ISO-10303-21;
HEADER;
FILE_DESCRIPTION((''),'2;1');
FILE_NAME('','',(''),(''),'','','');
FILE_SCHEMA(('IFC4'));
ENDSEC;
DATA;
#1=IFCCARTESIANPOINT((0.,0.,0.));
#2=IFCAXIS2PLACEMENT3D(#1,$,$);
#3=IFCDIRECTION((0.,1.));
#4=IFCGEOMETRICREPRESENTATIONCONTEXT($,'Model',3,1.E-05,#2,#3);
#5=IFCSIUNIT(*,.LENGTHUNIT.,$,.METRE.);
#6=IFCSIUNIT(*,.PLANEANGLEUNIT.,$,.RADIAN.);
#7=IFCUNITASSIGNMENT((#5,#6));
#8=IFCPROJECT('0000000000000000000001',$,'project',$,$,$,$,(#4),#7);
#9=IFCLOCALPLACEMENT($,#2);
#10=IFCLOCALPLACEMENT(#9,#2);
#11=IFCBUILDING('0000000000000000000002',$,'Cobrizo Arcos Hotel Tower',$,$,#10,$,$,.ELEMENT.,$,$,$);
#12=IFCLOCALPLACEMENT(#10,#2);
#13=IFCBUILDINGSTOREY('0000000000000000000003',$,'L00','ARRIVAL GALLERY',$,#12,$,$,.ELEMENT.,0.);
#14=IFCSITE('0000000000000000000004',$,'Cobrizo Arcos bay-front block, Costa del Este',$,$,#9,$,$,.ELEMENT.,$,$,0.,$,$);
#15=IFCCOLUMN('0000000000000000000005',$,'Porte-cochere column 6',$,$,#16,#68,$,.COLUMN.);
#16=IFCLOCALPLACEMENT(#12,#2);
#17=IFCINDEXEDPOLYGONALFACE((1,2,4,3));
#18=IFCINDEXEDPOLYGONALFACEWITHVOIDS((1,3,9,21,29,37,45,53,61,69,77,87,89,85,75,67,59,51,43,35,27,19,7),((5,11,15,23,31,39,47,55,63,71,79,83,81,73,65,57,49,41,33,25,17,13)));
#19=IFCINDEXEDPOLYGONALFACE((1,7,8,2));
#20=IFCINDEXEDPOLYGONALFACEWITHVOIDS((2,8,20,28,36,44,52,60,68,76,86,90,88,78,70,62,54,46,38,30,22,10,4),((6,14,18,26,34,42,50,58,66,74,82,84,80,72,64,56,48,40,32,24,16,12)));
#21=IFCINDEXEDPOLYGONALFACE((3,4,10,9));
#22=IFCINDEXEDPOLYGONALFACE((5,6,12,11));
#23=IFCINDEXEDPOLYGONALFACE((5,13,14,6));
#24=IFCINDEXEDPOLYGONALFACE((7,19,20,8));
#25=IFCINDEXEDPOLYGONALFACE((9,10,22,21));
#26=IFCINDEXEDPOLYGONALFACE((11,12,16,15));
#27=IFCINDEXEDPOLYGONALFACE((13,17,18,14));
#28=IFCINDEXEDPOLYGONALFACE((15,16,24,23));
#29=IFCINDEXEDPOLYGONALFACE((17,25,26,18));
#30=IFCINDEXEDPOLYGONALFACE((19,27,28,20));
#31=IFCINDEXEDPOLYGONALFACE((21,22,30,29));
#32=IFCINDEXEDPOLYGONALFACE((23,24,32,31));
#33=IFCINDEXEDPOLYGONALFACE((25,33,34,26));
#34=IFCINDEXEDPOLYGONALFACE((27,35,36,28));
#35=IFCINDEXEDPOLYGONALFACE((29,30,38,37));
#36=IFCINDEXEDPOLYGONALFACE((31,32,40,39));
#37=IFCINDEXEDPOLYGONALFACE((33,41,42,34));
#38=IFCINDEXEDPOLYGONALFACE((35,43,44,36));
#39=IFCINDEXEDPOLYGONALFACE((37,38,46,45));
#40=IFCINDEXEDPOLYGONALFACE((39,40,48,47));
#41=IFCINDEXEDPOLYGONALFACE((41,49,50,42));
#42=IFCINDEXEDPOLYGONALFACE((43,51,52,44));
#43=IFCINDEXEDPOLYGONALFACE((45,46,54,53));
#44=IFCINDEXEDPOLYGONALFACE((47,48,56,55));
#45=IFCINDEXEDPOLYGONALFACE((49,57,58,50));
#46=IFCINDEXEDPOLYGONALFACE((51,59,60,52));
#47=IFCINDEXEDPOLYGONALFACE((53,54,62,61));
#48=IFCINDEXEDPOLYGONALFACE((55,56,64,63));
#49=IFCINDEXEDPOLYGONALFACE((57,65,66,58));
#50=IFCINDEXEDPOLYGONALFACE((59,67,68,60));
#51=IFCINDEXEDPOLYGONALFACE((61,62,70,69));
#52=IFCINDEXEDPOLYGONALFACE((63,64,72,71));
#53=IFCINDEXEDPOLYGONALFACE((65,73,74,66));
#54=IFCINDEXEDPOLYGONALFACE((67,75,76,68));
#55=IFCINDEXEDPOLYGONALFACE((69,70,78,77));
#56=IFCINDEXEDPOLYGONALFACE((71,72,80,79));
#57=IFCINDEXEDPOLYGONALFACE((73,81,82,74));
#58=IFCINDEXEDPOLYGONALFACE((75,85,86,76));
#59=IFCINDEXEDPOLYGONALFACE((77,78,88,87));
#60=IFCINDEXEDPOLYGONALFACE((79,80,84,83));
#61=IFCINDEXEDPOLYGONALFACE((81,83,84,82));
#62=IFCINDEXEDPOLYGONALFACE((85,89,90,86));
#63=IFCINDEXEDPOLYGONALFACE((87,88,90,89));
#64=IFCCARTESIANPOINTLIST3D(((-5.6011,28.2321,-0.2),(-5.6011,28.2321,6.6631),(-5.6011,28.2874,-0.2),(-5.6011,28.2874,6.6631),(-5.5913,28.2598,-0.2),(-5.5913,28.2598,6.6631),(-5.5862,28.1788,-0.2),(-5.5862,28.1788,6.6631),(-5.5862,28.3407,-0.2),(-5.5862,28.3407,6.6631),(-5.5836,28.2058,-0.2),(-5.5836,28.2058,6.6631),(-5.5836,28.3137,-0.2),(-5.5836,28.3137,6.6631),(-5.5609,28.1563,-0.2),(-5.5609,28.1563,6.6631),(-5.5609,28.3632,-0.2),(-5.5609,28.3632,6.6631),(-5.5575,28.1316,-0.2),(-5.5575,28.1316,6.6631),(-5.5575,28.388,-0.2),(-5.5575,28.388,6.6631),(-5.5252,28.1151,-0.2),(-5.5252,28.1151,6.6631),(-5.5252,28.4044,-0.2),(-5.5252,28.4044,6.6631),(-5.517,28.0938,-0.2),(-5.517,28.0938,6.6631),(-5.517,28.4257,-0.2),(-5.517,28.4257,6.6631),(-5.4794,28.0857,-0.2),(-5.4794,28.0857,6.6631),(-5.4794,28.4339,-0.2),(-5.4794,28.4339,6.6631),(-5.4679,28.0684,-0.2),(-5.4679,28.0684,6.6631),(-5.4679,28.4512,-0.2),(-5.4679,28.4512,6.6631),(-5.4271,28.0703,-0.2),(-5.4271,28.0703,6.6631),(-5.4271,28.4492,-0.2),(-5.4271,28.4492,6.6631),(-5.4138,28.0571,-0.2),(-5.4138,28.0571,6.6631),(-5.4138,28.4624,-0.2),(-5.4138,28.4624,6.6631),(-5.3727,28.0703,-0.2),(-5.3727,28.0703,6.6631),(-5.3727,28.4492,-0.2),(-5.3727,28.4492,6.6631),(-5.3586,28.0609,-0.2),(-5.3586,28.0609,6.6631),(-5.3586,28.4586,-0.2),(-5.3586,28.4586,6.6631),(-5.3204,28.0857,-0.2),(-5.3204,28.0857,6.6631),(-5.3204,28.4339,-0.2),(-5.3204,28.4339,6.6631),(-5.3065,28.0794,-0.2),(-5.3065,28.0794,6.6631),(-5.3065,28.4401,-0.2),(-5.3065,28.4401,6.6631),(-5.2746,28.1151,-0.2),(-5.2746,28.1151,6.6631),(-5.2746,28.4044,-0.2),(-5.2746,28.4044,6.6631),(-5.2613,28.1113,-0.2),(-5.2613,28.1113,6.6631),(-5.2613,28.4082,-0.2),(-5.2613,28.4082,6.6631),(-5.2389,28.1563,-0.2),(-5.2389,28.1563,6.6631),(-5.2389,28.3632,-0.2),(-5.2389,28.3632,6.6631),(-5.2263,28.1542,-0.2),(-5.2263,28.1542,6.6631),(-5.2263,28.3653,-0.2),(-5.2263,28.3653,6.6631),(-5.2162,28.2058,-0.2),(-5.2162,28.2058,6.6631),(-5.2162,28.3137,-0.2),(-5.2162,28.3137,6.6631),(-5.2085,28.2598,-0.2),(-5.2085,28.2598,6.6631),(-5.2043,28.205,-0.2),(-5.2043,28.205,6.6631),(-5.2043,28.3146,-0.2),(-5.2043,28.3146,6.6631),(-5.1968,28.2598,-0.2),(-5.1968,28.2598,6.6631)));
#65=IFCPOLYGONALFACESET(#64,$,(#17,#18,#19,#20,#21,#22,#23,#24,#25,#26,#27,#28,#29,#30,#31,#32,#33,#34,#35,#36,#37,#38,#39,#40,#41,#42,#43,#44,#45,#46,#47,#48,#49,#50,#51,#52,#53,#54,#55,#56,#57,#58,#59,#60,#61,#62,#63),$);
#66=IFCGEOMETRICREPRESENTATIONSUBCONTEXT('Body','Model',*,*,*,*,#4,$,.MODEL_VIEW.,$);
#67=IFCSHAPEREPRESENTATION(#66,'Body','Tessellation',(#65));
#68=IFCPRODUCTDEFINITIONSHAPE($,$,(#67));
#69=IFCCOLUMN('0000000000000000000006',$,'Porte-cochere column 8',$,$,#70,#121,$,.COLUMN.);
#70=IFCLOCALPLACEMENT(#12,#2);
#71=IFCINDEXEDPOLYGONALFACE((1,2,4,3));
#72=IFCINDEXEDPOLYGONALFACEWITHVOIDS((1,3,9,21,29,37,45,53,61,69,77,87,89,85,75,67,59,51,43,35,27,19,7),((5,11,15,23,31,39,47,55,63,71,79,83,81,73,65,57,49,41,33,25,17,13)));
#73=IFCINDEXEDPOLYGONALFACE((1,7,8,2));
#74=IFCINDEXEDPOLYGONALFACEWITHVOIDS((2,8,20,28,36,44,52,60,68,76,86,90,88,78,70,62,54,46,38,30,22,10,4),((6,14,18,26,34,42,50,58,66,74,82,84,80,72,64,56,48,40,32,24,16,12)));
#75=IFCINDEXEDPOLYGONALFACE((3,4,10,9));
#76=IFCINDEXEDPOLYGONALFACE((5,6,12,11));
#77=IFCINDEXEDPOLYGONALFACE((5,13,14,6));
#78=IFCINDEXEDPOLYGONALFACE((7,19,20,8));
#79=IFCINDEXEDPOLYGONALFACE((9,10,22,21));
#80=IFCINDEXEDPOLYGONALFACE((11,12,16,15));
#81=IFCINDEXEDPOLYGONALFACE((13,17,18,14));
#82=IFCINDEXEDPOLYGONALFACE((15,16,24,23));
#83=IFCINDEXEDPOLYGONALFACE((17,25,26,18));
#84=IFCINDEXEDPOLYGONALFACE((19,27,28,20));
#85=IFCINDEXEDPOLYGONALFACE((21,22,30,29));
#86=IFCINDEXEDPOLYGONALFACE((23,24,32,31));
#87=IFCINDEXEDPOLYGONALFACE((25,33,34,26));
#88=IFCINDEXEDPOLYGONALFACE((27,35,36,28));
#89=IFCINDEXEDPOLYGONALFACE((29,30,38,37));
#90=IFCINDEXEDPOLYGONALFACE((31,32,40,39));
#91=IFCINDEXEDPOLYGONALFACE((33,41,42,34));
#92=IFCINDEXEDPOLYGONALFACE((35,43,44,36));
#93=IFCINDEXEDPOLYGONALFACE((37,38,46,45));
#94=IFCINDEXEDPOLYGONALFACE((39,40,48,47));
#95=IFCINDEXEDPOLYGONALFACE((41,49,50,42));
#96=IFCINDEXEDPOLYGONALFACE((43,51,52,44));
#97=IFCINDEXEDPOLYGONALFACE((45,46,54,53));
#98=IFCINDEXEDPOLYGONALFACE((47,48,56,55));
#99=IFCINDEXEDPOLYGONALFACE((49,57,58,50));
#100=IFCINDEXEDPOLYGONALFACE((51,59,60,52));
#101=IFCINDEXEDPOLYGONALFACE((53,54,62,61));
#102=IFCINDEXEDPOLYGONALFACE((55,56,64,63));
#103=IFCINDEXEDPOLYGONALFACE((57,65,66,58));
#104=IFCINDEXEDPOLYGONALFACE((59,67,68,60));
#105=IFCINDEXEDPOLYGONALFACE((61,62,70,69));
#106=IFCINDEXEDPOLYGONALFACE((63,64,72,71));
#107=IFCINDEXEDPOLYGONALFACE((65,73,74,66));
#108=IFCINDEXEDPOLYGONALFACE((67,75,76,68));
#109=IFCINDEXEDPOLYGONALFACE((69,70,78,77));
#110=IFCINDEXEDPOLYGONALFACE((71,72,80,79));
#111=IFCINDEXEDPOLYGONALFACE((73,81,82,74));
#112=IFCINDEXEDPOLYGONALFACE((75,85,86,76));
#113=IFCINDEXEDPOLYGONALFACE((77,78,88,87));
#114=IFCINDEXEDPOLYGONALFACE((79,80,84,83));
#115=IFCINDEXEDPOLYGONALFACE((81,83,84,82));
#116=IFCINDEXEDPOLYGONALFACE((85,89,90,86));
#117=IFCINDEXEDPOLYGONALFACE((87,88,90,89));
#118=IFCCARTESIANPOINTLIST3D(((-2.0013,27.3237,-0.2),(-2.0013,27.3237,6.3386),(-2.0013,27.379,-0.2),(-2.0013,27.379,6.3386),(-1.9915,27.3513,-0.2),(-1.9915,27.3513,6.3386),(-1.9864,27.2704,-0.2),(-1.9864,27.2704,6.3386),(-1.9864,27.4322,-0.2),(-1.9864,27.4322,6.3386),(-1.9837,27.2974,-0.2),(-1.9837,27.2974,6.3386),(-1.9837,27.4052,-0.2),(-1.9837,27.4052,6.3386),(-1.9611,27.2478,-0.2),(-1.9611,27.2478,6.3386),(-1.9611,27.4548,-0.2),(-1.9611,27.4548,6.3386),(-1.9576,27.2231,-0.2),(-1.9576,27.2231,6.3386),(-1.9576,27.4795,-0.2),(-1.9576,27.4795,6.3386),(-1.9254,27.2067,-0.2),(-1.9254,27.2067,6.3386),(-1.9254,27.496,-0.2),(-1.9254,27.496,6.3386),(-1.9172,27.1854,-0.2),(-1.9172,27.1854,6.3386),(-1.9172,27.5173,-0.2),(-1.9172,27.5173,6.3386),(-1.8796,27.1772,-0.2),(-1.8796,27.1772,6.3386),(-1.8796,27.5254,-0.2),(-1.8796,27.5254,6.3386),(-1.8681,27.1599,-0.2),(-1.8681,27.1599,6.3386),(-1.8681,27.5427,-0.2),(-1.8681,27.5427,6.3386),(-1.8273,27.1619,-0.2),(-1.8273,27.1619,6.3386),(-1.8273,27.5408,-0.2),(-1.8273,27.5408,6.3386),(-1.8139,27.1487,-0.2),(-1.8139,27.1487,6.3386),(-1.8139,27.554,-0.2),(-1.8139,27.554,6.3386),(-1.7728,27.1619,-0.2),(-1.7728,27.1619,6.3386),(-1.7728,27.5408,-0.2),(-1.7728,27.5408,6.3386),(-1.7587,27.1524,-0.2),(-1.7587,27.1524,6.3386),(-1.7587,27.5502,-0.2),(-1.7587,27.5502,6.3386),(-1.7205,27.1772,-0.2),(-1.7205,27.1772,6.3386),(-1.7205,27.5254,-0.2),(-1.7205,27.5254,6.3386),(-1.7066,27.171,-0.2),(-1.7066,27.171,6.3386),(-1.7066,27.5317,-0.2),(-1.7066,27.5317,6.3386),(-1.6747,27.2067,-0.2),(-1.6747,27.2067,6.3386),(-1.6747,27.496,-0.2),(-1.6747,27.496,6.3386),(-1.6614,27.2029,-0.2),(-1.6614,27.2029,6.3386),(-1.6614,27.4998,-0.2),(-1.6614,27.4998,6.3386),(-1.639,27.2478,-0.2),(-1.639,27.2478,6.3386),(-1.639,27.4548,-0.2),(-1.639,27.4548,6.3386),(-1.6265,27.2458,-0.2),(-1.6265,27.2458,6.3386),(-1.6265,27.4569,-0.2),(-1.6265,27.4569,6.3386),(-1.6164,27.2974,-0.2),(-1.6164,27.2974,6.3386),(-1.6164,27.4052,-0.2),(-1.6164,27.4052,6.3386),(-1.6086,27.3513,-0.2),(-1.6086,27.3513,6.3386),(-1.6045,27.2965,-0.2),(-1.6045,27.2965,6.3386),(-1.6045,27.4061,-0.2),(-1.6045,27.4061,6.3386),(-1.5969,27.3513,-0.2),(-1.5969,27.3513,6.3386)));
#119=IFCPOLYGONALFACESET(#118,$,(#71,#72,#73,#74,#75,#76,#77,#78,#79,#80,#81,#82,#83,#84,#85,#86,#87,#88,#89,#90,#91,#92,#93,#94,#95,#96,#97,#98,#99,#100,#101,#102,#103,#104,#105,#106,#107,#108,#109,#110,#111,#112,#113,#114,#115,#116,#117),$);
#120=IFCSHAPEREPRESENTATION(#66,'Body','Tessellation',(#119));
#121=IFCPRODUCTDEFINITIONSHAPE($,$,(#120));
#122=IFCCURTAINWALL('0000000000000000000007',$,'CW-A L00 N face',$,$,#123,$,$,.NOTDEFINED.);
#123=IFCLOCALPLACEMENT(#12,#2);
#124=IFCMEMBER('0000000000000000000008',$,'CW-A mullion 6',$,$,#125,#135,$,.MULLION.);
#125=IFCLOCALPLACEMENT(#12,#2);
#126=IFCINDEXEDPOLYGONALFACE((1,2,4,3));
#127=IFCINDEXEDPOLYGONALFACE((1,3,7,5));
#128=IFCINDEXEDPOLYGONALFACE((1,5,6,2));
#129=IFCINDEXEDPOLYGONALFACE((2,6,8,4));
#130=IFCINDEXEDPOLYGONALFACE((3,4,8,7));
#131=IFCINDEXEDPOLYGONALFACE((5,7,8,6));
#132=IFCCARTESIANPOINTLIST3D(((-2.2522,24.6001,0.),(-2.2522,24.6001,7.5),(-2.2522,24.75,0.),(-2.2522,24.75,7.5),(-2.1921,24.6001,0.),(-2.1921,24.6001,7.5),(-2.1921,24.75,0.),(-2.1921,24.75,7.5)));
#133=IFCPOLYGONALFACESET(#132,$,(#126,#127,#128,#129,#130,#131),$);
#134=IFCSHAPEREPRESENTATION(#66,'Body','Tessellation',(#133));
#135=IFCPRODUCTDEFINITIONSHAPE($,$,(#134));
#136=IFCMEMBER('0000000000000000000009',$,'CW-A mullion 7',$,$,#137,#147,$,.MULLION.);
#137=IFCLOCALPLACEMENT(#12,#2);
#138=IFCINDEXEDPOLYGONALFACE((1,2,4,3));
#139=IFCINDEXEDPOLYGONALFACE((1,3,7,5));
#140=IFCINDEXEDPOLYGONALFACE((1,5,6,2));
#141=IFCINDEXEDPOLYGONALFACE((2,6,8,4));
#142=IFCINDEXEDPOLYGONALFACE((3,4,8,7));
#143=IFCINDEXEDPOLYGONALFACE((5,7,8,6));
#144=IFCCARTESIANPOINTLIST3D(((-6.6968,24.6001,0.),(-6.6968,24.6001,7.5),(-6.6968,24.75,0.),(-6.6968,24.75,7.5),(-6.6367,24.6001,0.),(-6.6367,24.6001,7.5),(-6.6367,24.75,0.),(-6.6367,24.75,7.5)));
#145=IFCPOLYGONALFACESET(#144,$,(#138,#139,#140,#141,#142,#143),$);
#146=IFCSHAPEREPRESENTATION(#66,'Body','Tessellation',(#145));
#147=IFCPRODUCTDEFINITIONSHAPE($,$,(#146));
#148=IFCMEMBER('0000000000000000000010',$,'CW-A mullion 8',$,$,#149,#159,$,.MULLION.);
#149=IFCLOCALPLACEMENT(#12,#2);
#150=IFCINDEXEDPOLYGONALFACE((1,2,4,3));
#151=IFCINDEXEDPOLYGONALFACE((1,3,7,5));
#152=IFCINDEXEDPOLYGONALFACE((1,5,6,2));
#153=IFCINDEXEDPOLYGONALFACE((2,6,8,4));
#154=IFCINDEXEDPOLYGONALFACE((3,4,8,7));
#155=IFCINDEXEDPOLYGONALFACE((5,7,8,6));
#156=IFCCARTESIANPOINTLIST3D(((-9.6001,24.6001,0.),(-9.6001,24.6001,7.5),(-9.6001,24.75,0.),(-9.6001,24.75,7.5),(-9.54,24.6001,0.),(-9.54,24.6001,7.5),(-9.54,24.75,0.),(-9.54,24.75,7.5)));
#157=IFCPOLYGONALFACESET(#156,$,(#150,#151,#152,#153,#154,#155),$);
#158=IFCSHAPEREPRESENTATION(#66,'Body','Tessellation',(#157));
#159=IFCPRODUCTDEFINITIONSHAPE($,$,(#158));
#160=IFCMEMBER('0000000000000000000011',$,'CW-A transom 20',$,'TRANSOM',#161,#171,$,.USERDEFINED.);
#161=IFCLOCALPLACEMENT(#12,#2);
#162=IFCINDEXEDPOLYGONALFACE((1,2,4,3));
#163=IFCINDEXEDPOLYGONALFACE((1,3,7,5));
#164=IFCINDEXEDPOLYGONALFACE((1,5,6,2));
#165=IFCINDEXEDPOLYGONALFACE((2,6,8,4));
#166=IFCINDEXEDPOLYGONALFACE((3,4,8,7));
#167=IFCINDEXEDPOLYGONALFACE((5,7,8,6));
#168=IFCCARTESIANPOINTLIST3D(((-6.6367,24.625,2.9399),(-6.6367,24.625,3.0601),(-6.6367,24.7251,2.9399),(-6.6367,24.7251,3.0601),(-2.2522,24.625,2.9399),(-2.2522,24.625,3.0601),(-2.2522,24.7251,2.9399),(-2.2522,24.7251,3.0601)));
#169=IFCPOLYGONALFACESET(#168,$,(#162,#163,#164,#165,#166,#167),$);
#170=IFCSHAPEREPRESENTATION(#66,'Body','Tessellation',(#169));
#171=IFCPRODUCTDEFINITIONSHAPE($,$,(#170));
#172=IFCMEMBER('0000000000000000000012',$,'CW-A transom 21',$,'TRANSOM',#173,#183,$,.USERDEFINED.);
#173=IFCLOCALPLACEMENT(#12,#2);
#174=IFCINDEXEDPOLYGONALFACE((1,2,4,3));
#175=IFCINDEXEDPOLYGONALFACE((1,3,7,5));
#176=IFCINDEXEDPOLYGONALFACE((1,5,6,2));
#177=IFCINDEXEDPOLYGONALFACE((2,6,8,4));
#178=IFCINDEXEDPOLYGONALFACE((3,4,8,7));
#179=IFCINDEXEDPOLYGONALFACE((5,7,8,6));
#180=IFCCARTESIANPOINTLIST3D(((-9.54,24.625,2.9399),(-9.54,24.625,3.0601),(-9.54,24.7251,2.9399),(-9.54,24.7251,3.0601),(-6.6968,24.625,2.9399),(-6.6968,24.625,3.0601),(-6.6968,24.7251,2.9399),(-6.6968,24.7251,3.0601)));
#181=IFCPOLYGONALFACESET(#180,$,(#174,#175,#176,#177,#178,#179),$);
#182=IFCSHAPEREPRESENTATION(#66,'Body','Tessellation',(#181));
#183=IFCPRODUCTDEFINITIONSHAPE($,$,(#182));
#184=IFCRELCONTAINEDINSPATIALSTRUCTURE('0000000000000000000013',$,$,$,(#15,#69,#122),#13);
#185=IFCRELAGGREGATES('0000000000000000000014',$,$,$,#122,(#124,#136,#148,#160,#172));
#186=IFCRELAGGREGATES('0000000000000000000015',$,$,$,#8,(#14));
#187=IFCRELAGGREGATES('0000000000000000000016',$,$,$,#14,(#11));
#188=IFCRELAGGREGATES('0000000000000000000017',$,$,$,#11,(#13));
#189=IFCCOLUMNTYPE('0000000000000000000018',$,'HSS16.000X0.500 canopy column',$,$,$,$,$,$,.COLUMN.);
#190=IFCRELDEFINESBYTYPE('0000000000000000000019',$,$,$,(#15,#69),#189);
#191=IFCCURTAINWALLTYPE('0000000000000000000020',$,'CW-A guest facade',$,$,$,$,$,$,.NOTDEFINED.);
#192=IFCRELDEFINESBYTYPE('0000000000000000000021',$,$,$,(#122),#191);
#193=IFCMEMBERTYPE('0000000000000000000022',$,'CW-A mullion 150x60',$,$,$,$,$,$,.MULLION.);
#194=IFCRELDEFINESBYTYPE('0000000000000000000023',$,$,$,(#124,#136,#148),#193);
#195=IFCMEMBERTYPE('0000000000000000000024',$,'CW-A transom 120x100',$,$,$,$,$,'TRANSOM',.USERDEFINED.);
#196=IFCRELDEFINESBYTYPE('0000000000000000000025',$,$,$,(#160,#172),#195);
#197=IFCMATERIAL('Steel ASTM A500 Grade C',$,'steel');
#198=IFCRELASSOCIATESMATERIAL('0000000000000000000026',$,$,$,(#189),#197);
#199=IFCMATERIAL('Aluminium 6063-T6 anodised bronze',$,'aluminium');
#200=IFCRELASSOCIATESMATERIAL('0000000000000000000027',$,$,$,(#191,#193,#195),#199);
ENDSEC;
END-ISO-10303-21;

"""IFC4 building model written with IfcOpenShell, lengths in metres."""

from ifc_helpers import new_model, si_unit, direction, frame, origin, origin_2d, place, context, subcontext, project, spatial, rectangle, hollow_circle, extrude, material, material_profile, profile_set, type_object, element, aggregate, save


model = new_model("IFC4")

# Units and contexts
model_context = context("Model", 3, precision=1e-05, world=origin(), true_north=direction((0.0, 1.0)))
body_context = subcontext(model_context, "Body", "Model", "MODEL_VIEW")
ifc_project = project(units=[si_unit("LENGTHUNIT", "METRE"), si_unit("PLANEANGLEUNIT", "RADIAN")], contexts=[model_context])

# Site, building, storey
site_placement = place(None, origin())
site = spatial("IfcSite", under=ifc_project, at=site_placement, Name="Cobrizo Arcos bay-front block, Costa del Este", CompositionType="ELEMENT", RefElevation=0.0)
building_placement = place(site_placement, origin())
building = spatial("IfcBuilding", under=site, at=building_placement, Name="Cobrizo Arcos Hotel Tower", CompositionType="ELEMENT")
storey_placement = place(building_placement, origin())
storey = spatial("IfcBuildingStorey", under=building, at=storey_placement, Name="L00", Description="ARRIVAL GALLERY", CompositionType="ELEMENT", Elevation=0.0)

# Columns
ifc_material_1 = material(Name="Steel ASTM A500 Grade C", Category="steel")
ifc_material_profile_1 = material_profile(ifc_material_1, hollow_circle(Radius=0.2031, WallThickness=0.0117, at=origin_2d()), Name="HSS16.000X0.500")
ifc_profile_set_1 = profile_set([ifc_material_profile_1], Name="Steel ASTM A500 Grade C")
column_type_1 = type_object("IfcColumnType", Name="HSS16.000X0.500 canopy column", PredefinedType="COLUMN", material=ifc_profile_set_1)
column_1_placement = place(storey_placement, frame((-5.3999, 28.2598, -0.2), z_axis=(0.0, 0.0, 1.0), x_axis=(1.0, 0.0, 0.0)))
element("IfcColumn", 1, at=column_1_placement, inside=storey, type_object=column_type_1, Name="Porte-cochere column 6", PredefinedType="COLUMN", context=body_context, shape_type="SweptSolid", body=[
    extrude(hollow_circle(Radius=0.2031, WallThickness=0.0117, at=origin_2d()), origin(), (0.0, 0.0, 1.0), 6.863),
])
column_2_placement = place(storey_placement, frame((-1.8, 27.3513, -0.2), z_axis=(0.0, 0.0, 1.0), x_axis=(1.0, 0.0, 0.0)))
element("IfcColumn", 2, at=column_2_placement, inside=storey, type_object=column_type_1, Name="Porte-cochere column 8", PredefinedType="COLUMN", context=body_context, shape_type="SweptSolid", body=[
    extrude(hollow_circle(Radius=0.2031, WallThickness=0.0117, at=origin_2d()), origin(), (0.0, 0.0, 1.0), 6.5386),
])

# Curtain wall, members
ifc_material_2 = material(Name="Aluminium 6063-T6 anodised bronze", Category="aluminium")
curtain_wall_type = type_object("IfcCurtainWallType", Name="CW-A guest facade", PredefinedType="NOTDEFINED", material=ifc_material_2)
curtain_wall_placement = place(storey_placement, origin())
curtain_wall = element("IfcCurtainWall", 3, at=curtain_wall_placement, inside=storey, type_object=curtain_wall_type, Name="CW-A L00 N face", PredefinedType="NOTDEFINED")
ifc_material_profile_2 = material_profile(ifc_material_2, rectangle(XDim=0.1499, YDim=0.0601, at=origin_2d()), Name="CW-A mullion 150x60")
ifc_profile_set_2 = profile_set([ifc_material_profile_2], Name="Aluminium 6063-T6 anodised bronze")
member_type_1 = type_object("IfcMemberType", Name="CW-A mullion 150x60", PredefinedType="MULLION", material=ifc_profile_set_2)
member_1_placement = place(storey_placement, frame((-2.2222, 24.675, 0.0), z_axis=(0.0, 0.0, 1.0), x_axis=(0.0, 1.0, 0.0)))
member_1 = element("IfcMember", 4, at=member_1_placement, type_object=member_type_1, Name="CW-A mullion 6", PredefinedType="MULLION", context=body_context, shape_type="SweptSolid", body=[
    extrude(rectangle(XDim=0.1499, YDim=0.0601, at=origin_2d()), origin(), (0.0, 0.0, 1.0), 7.5),
])
member_2_placement = place(storey_placement, frame((-6.6667, 24.675, 0.0), z_axis=(0.0, 0.0, 1.0), x_axis=(0.0, 1.0, 0.0)))
member_2 = element("IfcMember", 5, at=member_2_placement, type_object=member_type_1, Name="CW-A mullion 7", PredefinedType="MULLION", context=body_context, shape_type="SweptSolid", body=[
    extrude(rectangle(XDim=0.1499, YDim=0.0601, at=origin_2d()), origin(), (0.0, 0.0, 1.0), 7.5),
])
member_3_placement = place(storey_placement, frame((-9.5701, 24.675, 0.0), z_axis=(0.0, 0.0, 1.0), x_axis=(0.0, 1.0, 0.0)))
member_3 = element("IfcMember", 6, at=member_3_placement, type_object=member_type_1, Name="CW-A mullion 8", PredefinedType="MULLION", context=body_context, shape_type="SweptSolid", body=[
    extrude(rectangle(XDim=0.1499, YDim=0.0601, at=origin_2d()), origin(), (0.0, 0.0, 1.0), 7.5),
])
ifc_material_profile_3 = material_profile(ifc_material_2, rectangle(XDim=0.1001, YDim=0.1201, at=origin_2d()), Name="CW-A transom 120x100")
ifc_profile_set_3 = profile_set([ifc_material_profile_3], Name="Aluminium 6063-T6 anodised bronze")
member_type_2 = type_object("IfcMemberType", Name="CW-A transom 120x100", ElementType="TRANSOM", PredefinedType="USERDEFINED", material=ifc_profile_set_3)
member_4_placement = place(storey_placement, frame((-2.2522, 24.675, 3.0), z_axis=(-1.0, 0.0, 0.0), x_axis=(0.0, -1.0, 0.0)))
member_4 = element("IfcMember", 7, at=member_4_placement, type_object=member_type_2, Name="CW-A transom 20", ObjectType="TRANSOM", PredefinedType="USERDEFINED", context=body_context, shape_type="SweptSolid", body=[
    extrude(rectangle(XDim=0.1001, YDim=0.1201, at=origin_2d()), origin(), (0.0, 0.0, 1.0), 4.3845),
])
member_5_placement = place(storey_placement, frame((-6.6968, 24.675, 3.0), z_axis=(-1.0, 0.0, 0.0), x_axis=(0.0, -1.0, 0.0)))
member_5 = element("IfcMember", 8, at=member_5_placement, type_object=member_type_2, Name="CW-A transom 21", ObjectType="TRANSOM", PredefinedType="USERDEFINED", context=body_context, shape_type="SweptSolid", body=[
    extrude(rectangle(XDim=0.1001, YDim=0.1201, at=origin_2d()), origin(), (0.0, 0.0, 1.0), 2.8433),
])

aggregate(curtain_wall, [member_1, member_2, member_3, member_4, member_5])

save(model, "model.ifc")
